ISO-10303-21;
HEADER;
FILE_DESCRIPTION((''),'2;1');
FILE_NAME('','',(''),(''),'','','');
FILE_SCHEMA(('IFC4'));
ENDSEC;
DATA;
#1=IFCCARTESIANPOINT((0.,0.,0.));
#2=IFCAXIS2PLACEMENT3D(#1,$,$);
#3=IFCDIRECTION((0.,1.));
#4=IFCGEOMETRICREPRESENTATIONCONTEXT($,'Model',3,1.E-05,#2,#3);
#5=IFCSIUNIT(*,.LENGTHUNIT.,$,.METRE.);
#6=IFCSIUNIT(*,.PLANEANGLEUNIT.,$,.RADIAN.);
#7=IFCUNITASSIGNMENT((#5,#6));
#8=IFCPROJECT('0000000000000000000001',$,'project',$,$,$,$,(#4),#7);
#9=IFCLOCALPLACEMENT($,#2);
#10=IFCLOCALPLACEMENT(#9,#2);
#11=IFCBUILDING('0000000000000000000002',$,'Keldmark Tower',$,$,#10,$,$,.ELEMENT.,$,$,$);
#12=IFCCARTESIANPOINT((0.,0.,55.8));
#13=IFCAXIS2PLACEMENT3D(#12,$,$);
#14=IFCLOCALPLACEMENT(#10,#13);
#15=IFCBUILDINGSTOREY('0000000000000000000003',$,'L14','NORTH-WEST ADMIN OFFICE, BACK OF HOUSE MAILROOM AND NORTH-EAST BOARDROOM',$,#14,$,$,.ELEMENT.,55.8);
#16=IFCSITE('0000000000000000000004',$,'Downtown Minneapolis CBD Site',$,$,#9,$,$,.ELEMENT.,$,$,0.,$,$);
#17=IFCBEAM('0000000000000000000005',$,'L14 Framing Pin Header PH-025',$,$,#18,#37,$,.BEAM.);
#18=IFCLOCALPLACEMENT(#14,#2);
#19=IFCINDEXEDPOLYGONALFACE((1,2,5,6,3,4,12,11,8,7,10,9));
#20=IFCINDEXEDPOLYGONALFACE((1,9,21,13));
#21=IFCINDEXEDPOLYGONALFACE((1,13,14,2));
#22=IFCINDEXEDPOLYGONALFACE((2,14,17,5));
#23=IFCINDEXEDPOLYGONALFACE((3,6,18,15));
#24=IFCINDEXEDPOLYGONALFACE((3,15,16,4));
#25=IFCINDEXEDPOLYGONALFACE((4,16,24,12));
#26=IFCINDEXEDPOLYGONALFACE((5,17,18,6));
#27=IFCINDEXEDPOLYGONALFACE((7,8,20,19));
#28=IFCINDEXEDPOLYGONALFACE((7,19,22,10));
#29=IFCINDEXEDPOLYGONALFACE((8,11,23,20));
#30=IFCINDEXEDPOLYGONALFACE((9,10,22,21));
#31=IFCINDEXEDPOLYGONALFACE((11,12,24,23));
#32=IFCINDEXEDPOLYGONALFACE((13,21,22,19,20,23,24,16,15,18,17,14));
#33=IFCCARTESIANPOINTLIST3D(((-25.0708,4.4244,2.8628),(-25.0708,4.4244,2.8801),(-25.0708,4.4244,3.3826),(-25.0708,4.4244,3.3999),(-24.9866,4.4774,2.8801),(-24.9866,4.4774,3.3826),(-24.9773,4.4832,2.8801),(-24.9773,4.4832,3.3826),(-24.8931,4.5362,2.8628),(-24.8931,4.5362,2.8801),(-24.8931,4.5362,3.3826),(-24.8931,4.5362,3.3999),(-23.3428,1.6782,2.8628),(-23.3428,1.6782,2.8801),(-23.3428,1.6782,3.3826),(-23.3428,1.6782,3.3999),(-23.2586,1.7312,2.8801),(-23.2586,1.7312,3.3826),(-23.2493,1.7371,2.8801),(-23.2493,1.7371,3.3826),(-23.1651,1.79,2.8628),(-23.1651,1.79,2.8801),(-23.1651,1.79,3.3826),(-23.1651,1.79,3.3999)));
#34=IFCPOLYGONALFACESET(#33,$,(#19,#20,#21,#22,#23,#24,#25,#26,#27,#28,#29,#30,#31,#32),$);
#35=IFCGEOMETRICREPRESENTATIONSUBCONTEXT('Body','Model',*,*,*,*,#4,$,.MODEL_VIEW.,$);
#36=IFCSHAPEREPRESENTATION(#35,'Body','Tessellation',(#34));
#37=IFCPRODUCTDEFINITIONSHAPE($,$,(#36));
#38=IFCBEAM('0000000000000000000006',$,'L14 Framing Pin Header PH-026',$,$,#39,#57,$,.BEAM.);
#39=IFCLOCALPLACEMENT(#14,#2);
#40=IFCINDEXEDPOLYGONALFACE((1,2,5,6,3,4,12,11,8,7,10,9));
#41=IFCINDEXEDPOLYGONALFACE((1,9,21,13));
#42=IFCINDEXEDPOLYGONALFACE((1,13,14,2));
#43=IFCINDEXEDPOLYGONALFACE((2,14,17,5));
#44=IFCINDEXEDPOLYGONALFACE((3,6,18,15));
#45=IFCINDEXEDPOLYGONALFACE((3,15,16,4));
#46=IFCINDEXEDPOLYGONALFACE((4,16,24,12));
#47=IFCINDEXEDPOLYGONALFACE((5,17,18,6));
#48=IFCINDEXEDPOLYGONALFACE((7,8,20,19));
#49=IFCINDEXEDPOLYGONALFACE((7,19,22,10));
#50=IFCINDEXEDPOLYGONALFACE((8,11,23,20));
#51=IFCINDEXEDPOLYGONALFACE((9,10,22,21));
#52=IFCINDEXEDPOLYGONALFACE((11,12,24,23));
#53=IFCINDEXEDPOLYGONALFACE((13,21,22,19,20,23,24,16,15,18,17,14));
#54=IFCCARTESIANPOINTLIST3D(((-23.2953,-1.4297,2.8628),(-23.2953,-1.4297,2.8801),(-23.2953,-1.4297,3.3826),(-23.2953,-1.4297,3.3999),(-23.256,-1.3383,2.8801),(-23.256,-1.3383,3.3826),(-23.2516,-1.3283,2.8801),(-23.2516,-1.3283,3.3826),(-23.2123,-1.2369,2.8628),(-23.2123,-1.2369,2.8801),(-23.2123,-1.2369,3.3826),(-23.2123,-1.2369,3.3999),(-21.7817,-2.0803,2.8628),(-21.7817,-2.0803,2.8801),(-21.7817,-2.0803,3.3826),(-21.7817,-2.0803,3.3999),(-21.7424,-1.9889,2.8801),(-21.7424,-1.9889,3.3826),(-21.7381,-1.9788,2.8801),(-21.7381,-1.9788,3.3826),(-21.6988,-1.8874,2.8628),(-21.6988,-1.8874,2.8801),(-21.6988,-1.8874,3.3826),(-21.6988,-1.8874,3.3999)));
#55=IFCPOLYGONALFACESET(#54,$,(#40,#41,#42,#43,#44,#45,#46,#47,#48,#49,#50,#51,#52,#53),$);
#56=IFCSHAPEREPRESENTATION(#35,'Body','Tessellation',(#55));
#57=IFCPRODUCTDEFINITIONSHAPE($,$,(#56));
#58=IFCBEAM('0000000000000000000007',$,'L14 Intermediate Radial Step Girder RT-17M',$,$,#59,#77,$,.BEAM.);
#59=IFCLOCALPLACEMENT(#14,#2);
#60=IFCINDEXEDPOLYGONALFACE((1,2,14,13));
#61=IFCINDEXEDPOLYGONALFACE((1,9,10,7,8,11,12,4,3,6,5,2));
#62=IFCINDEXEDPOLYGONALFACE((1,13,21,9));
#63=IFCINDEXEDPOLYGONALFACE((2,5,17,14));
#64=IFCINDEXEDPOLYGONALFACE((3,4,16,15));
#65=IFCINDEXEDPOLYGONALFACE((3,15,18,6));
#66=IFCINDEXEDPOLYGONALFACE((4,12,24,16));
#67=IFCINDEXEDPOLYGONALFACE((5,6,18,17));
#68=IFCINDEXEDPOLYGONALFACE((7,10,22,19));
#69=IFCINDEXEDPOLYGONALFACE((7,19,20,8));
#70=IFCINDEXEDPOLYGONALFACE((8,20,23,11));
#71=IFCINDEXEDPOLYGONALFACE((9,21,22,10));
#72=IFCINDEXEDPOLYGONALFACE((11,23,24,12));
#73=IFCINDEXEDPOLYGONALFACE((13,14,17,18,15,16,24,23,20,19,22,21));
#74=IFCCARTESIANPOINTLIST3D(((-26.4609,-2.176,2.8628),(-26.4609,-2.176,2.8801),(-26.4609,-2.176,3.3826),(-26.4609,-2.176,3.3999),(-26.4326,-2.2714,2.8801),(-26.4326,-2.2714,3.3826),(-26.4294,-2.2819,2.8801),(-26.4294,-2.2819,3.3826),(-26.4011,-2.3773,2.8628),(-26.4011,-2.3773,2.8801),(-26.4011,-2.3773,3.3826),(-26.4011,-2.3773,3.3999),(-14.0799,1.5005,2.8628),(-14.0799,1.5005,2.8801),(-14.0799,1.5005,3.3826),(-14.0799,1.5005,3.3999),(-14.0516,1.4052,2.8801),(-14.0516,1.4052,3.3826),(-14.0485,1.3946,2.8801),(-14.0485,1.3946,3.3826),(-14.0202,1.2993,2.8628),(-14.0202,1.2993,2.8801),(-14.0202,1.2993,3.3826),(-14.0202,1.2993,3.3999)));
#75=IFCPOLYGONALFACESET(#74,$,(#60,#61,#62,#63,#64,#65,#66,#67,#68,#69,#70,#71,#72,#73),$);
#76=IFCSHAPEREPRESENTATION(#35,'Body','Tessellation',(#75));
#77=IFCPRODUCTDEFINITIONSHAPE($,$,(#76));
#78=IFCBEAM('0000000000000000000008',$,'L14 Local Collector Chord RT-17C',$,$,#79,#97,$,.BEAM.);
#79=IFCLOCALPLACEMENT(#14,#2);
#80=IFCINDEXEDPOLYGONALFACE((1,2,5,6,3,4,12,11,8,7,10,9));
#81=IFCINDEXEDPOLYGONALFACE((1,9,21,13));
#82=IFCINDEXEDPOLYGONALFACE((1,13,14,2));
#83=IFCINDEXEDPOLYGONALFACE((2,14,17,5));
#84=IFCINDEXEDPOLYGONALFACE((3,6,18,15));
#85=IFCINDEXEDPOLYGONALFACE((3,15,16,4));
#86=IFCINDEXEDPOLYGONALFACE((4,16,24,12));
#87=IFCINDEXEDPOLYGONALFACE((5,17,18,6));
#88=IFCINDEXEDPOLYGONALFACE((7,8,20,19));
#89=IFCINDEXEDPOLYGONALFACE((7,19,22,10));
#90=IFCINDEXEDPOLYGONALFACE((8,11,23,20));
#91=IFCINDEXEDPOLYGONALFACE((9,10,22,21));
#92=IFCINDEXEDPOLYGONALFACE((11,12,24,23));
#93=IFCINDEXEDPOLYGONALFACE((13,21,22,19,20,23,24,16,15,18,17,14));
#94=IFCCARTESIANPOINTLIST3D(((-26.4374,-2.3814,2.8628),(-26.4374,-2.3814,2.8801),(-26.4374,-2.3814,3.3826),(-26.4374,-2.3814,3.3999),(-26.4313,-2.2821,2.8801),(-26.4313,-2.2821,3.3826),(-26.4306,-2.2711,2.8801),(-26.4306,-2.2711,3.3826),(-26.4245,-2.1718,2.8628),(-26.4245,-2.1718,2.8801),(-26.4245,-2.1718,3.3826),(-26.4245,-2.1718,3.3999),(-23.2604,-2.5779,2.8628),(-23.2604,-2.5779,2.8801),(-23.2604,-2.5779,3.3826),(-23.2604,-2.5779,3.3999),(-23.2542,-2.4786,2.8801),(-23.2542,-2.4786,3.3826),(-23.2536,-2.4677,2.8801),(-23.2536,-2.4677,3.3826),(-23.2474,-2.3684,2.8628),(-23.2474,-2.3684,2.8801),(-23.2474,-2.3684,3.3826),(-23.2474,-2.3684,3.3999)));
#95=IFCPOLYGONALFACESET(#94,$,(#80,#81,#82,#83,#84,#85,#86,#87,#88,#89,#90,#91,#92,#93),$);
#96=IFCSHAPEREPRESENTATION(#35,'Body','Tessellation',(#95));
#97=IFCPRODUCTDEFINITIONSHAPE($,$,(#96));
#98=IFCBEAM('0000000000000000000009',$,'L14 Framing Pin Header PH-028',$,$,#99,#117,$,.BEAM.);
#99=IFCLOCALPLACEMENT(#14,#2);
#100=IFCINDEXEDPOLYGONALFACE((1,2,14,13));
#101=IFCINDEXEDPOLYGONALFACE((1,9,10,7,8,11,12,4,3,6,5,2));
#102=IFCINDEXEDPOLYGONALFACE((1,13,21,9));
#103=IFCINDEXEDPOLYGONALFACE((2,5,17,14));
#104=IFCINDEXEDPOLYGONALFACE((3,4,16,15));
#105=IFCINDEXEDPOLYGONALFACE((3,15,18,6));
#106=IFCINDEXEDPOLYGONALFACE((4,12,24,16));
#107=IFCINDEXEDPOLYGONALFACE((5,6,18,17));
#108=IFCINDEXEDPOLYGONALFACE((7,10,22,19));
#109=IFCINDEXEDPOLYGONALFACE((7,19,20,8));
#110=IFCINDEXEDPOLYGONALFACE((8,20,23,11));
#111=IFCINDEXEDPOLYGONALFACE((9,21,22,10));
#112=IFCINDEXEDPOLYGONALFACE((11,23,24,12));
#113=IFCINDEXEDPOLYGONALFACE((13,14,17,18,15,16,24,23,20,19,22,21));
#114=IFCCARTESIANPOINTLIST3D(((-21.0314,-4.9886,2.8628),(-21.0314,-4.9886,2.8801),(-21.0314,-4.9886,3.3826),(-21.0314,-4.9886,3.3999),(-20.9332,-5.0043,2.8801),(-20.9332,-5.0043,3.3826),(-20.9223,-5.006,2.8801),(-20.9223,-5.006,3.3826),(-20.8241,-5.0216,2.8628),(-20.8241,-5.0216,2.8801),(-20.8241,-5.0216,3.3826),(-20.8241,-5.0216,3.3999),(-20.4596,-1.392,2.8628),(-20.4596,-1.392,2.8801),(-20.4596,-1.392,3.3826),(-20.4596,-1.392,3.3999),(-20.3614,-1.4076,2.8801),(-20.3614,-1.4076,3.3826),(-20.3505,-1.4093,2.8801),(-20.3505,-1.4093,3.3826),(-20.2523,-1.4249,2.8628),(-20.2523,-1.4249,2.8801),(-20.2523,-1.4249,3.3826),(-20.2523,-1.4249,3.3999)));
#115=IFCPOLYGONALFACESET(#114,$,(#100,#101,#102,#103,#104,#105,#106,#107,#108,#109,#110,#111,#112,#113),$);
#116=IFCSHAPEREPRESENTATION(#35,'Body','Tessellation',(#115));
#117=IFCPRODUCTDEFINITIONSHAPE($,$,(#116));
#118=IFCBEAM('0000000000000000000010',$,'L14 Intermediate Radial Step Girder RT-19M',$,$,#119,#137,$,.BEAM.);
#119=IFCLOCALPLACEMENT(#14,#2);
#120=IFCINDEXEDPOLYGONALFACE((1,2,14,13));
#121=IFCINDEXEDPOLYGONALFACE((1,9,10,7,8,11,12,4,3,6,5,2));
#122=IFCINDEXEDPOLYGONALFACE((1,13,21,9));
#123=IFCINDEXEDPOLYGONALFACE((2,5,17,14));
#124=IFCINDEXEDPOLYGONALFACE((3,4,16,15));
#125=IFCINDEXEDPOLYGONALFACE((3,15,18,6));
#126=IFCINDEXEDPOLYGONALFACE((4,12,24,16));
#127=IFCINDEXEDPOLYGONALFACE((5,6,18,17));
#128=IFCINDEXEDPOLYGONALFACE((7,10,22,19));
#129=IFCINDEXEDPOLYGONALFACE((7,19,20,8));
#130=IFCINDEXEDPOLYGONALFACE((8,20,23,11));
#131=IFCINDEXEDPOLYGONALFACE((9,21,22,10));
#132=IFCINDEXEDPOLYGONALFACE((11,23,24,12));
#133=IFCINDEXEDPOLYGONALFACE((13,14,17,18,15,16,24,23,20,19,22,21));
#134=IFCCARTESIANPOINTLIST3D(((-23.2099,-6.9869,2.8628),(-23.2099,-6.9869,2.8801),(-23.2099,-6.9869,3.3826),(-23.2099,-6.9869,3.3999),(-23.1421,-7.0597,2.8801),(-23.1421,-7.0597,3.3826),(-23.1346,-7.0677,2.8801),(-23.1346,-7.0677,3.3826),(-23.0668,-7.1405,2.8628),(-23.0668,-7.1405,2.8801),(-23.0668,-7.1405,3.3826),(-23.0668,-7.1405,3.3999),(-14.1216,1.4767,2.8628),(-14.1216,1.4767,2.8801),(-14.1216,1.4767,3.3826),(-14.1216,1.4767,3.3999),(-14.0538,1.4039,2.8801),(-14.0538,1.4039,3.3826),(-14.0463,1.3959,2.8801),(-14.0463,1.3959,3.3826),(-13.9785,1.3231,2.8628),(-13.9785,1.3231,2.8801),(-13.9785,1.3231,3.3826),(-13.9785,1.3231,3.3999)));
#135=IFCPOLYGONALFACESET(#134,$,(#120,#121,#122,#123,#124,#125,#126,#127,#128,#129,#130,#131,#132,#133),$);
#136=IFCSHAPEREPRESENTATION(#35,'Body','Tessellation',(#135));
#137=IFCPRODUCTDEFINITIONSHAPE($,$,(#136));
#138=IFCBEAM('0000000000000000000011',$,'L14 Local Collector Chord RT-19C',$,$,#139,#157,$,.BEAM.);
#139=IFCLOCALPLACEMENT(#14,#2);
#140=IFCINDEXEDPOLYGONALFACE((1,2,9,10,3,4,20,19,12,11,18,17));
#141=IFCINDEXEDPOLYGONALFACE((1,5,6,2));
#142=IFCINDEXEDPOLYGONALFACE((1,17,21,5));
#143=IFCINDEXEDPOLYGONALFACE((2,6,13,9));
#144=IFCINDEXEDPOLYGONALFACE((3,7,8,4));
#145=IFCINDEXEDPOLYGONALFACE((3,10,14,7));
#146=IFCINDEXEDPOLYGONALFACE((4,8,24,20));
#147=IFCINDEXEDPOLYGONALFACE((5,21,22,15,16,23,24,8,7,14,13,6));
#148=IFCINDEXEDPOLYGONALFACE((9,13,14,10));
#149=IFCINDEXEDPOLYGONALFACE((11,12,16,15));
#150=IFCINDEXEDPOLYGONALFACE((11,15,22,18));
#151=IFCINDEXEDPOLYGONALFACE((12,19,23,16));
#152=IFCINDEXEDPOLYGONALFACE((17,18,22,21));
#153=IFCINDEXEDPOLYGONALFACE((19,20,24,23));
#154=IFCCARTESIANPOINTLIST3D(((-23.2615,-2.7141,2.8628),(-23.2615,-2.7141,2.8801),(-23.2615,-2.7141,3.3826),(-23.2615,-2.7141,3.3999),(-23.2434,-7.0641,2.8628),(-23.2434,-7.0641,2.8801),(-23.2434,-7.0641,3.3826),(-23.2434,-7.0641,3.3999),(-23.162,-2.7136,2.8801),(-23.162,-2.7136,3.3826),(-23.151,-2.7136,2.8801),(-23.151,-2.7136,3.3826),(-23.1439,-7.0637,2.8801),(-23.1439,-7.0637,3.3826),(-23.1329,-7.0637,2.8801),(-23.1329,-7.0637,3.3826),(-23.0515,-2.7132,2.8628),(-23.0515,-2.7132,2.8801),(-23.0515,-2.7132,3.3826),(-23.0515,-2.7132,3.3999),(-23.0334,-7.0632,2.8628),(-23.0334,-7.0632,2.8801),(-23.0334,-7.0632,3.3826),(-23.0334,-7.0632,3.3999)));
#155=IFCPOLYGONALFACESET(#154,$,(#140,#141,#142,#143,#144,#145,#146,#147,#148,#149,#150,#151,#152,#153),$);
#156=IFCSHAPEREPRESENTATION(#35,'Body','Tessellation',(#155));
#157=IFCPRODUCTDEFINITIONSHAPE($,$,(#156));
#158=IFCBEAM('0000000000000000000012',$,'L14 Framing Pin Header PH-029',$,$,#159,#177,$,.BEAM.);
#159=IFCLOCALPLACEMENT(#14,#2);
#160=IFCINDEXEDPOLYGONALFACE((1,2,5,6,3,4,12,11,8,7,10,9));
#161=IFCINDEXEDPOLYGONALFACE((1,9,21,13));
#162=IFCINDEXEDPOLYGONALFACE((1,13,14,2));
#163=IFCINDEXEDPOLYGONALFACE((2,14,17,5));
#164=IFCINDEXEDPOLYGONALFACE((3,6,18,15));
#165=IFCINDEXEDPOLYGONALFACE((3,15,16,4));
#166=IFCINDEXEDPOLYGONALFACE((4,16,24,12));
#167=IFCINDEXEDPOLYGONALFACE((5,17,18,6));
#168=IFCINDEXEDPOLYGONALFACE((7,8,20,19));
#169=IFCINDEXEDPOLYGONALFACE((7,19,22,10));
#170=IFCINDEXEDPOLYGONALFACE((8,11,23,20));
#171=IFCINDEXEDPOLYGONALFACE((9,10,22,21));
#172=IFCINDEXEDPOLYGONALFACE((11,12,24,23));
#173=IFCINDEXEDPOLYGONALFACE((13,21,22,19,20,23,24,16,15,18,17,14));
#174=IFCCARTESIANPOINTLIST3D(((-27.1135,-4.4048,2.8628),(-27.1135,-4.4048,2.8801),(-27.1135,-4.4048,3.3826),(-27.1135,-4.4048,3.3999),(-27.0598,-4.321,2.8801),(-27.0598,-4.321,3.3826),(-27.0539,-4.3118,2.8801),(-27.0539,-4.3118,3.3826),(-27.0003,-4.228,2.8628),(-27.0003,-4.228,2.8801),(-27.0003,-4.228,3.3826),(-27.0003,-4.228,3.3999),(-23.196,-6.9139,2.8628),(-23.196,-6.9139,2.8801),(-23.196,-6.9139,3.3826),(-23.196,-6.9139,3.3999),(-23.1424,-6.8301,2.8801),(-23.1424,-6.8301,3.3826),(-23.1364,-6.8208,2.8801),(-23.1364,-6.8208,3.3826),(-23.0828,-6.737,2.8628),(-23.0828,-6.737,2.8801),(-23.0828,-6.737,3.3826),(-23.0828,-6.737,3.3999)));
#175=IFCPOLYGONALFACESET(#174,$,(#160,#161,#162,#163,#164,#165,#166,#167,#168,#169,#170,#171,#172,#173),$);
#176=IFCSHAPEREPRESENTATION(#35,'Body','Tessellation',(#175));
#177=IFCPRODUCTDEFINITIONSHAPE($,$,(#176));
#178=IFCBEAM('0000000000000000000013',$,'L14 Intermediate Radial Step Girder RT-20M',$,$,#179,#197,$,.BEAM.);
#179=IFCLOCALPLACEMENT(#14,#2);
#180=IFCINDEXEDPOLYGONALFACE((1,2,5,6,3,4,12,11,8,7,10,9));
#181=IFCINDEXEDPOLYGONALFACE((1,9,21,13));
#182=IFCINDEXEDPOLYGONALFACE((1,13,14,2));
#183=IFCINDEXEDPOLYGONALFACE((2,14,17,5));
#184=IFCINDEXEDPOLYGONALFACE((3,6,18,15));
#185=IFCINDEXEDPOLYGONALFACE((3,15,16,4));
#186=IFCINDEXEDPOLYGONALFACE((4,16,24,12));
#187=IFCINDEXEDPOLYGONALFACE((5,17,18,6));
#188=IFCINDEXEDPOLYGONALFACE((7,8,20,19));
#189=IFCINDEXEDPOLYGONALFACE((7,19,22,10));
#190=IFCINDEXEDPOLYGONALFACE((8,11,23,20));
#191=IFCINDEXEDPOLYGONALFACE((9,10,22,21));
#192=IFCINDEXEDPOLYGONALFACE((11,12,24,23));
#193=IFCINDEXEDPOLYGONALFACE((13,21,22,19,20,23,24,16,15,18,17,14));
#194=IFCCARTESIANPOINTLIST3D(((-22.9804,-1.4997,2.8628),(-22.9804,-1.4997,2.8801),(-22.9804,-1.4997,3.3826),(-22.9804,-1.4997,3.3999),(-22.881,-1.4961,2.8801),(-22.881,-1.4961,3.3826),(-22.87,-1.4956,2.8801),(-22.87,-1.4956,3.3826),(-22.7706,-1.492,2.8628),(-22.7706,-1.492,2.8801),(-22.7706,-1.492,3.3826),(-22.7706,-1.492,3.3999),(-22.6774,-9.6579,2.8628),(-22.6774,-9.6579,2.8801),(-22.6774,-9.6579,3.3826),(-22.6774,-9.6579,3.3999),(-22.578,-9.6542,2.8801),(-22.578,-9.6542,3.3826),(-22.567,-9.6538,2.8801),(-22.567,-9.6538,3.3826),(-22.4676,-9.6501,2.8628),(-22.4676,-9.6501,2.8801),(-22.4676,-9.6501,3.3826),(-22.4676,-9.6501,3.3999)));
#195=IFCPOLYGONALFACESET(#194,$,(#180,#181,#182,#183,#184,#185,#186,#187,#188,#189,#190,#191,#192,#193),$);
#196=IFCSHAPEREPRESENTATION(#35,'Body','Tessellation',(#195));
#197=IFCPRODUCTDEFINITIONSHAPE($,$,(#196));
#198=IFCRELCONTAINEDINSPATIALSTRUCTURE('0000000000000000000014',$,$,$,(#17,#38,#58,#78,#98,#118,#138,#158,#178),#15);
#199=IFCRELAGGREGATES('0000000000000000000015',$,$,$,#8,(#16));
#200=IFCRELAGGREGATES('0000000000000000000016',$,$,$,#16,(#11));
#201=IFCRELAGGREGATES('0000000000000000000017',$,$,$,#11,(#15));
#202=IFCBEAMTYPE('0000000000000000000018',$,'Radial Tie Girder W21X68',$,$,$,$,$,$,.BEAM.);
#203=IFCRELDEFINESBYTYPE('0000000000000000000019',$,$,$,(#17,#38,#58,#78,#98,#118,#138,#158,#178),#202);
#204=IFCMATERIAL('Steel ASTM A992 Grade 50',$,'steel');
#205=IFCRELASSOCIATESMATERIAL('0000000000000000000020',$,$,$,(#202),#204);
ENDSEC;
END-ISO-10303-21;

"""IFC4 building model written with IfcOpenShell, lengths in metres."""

from ifc_helpers import new_model, si_unit, direction, frame, origin, origin_2d, place, context, subcontext, project, spatial, i_section, extrude, material, material_profile, profile_set, type_object, element, save


model = new_model("IFC4")

# Units and contexts
model_context = context("Model", 3, precision=1e-05, world=origin(), true_north=direction((0.0, 1.0)))
body_context = subcontext(model_context, "Body", "Model", "MODEL_VIEW")
ifc_project = project(units=[si_unit("LENGTHUNIT", "METRE"), si_unit("PLANEANGLEUNIT", "RADIAN")], contexts=[model_context])

# Site, building, storey
site_placement = place(None, origin())
site = spatial("IfcSite", under=ifc_project, at=site_placement, Name="Downtown Minneapolis CBD Site", CompositionType="ELEMENT", RefElevation=0.0)
building_placement = place(site_placement, origin())
building = spatial("IfcBuilding", under=site, at=building_placement, Name="Keldmark Tower", CompositionType="ELEMENT")
storey_placement = place(building_placement, frame((0.0, 0.0, 55.8)))
storey = spatial("IfcBuildingStorey", under=building, at=storey_placement, Name="L14", Description="NORTH-WEST ADMIN OFFICE, BACK OF HOUSE MAILROOM AND NORTH-EAST BOARDROOM", CompositionType="ELEMENT", Elevation=55.8)

# Beams
ifc_material_1 = material(Name="Steel ASTM A992 Grade 50", Category="steel")
ifc_material_profile_1 = material_profile(ifc_material_1, i_section(OverallWidth=0.21, OverallDepth=0.5371, WebThickness=0.011, FlangeThickness=0.0173, at=origin_2d()), Name="W21X68")
ifc_profile_set_1 = profile_set([ifc_material_profile_1], Name="Steel ASTM A992 Grade 50")
beam_type_1 = type_object("IfcBeamType", Name="Radial Tie Girder W21X68", PredefinedType="BEAM", material=ifc_profile_set_1)
beam_1_placement = place(storey_placement, frame((-23.2539, 1.7341, 3.1313), z_axis=(-0.532594, 0.846371, 0.0), x_axis=(-0.846371, -0.532594, 0.0)))
element("IfcBeam", 1, at=beam_1_placement, inside=storey, type_object=beam_type_1, Name="L14 Framing Pin Header PH-025", PredefinedType="BEAM", context=body_context, shape_type="SweptSolid", body=[
    extrude(i_section(OverallWidth=0.21, OverallDepth=0.5371, WebThickness=0.011, FlangeThickness=0.0173, at=origin_2d()), origin(), (0.0, 0.0, 1.0), 3.2446),
])
beam_2_placement = place(storey_placement, frame((-21.7402, -1.9839, 3.1313), z_axis=(-0.918723, 0.394903, 0.0), x_axis=(-0.394903, -0.918723, 0.0)))
element("IfcBeam", 2, at=beam_2_placement, inside=storey, type_object=beam_type_1, Name="L14 Framing Pin Header PH-026", PredefinedType="BEAM", context=body_context, shape_type="SweptSolid", body=[
    extrude(i_section(OverallWidth=0.21, OverallDepth=0.5371, WebThickness=0.011, FlangeThickness=0.0173, at=origin_2d()), origin(), (0.0, 0.0, 1.0), 1.6475),
])
beam_3_placement = place(storey_placement, frame((-14.05, 1.3999, 3.1313), z_axis=(-0.958627, -0.284666, 0.0), x_axis=(0.284666, -0.958627, 0.0)))
element("IfcBeam", 3, at=beam_3_placement, inside=storey, type_object=beam_type_1, Name="L14 Intermediate Radial Step Girder RT-17M", PredefinedType="BEAM", context=body_context, shape_type="SweptSolid", body=[
    extrude(i_section(OverallWidth=0.21, OverallDepth=0.5371, WebThickness=0.011, FlangeThickness=0.0173, at=origin_2d()), origin(), (0.0, 0.0, 1.0), 12.9153),
])
beam_4_placement = place(storey_placement, frame((-23.2539, -2.4731, 3.1313), z_axis=(-0.998092, 0.061743, 0.0), x_axis=(-0.061743, -0.998092, 0.0)))
element("IfcBeam", 4, at=beam_4_placement, inside=storey, type_object=beam_type_1, Name="L14 Local Collector Chord RT-17C", PredefinedType="BEAM", context=body_context, shape_type="SweptSolid", body=[
    extrude(i_section(OverallWidth=0.21, OverallDepth=0.5371, WebThickness=0.011, FlangeThickness=0.0173, at=origin_2d()), origin(), (0.0, 0.0, 1.0), 3.1831),
])
beam_5_placement = place(storey_placement, frame((-20.356, -1.4084, 3.1313), z_axis=(-0.157002, -0.987598, 0.0), x_axis=(0.987598, -0.157002, 0.0)))
element("IfcBeam", 5, at=beam_5_placement, inside=storey, type_object=beam_type_1, Name="L14 Framing Pin Header PH-028", PredefinedType="BEAM", context=body_context, shape_type="SweptSolid", body=[
    extrude(i_section(OverallWidth=0.21, OverallDepth=0.5371, WebThickness=0.011, FlangeThickness=0.0173, at=origin_2d()), origin(), (0.0, 0.0, 1.0), 3.6418),
])
beam_6_placement = place(storey_placement, frame((-14.05, 1.3999, 3.1313), z_axis=(-0.731812, -0.681506, 0.0), x_axis=(0.681506, -0.731812, 0.0)))
element("IfcBeam", 6, at=beam_6_placement, inside=storey, type_object=beam_type_1, Name="L14 Intermediate Radial Step Girder RT-19M", PredefinedType="BEAM", context=body_context, shape_type="SweptSolid", body=[
    extrude(i_section(OverallWidth=0.21, OverallDepth=0.5371, WebThickness=0.011, FlangeThickness=0.0173, at=origin_2d()), origin(), (0.0, 0.0, 1.0), 12.4189),
])
beam_7_placement = place(storey_placement, frame((-23.1565, -2.7136, 3.1313), z_axis=(0.004153, -0.999991, 0.0), x_axis=(0.999991, 0.004153, 0.0)))
element("IfcBeam", 7, at=beam_7_placement, inside=storey, type_object=beam_type_1, Name="L14 Local Collector Chord RT-19C", PredefinedType="BEAM", context=body_context, shape_type="SweptSolid", body=[
    extrude(i_section(OverallWidth=0.21, OverallDepth=0.5371, WebThickness=0.011, FlangeThickness=0.0173, at=origin_2d()), origin(), (0.0, 0.0, 1.0), 4.3501),
])
beam_8_placement = place(storey_placement, frame((-27.0569, -4.3164, 3.1313), z_axis=(0.842091, -0.539335, 0.0), x_axis=(0.539335, 0.842091, 0.0)))
element("IfcBeam", 8, at=beam_8_placement, inside=storey, type_object=beam_type_1, Name="L14 Framing Pin Header PH-029", PredefinedType="BEAM", context=body_context, shape_type="SweptSolid", body=[
    extrude(i_section(OverallWidth=0.21, OverallDepth=0.5371, WebThickness=0.011, FlangeThickness=0.0173, at=origin_2d()), origin(), (0.0, 0.0, 1.0), 4.6521),
])
beam_9_placement = place(storey_placement, frame((-22.8755, -1.4958, 3.1313), z_axis=(0.037112, -0.999311, 0.0), x_axis=(0.999311, 0.037112, 0.0)))
element("IfcBeam", 9, at=beam_9_placement, inside=storey, type_object=beam_type_1, Name="L14 Intermediate Radial Step Girder RT-20M", PredefinedType="BEAM", context=body_context, shape_type="SweptSolid", body=[
    extrude(i_section(OverallWidth=0.21, OverallDepth=0.5371, WebThickness=0.011, FlangeThickness=0.0173, at=origin_2d()), origin(), (0.0, 0.0, 1.0), 8.1638),
])

save(model, "model.ifc")
